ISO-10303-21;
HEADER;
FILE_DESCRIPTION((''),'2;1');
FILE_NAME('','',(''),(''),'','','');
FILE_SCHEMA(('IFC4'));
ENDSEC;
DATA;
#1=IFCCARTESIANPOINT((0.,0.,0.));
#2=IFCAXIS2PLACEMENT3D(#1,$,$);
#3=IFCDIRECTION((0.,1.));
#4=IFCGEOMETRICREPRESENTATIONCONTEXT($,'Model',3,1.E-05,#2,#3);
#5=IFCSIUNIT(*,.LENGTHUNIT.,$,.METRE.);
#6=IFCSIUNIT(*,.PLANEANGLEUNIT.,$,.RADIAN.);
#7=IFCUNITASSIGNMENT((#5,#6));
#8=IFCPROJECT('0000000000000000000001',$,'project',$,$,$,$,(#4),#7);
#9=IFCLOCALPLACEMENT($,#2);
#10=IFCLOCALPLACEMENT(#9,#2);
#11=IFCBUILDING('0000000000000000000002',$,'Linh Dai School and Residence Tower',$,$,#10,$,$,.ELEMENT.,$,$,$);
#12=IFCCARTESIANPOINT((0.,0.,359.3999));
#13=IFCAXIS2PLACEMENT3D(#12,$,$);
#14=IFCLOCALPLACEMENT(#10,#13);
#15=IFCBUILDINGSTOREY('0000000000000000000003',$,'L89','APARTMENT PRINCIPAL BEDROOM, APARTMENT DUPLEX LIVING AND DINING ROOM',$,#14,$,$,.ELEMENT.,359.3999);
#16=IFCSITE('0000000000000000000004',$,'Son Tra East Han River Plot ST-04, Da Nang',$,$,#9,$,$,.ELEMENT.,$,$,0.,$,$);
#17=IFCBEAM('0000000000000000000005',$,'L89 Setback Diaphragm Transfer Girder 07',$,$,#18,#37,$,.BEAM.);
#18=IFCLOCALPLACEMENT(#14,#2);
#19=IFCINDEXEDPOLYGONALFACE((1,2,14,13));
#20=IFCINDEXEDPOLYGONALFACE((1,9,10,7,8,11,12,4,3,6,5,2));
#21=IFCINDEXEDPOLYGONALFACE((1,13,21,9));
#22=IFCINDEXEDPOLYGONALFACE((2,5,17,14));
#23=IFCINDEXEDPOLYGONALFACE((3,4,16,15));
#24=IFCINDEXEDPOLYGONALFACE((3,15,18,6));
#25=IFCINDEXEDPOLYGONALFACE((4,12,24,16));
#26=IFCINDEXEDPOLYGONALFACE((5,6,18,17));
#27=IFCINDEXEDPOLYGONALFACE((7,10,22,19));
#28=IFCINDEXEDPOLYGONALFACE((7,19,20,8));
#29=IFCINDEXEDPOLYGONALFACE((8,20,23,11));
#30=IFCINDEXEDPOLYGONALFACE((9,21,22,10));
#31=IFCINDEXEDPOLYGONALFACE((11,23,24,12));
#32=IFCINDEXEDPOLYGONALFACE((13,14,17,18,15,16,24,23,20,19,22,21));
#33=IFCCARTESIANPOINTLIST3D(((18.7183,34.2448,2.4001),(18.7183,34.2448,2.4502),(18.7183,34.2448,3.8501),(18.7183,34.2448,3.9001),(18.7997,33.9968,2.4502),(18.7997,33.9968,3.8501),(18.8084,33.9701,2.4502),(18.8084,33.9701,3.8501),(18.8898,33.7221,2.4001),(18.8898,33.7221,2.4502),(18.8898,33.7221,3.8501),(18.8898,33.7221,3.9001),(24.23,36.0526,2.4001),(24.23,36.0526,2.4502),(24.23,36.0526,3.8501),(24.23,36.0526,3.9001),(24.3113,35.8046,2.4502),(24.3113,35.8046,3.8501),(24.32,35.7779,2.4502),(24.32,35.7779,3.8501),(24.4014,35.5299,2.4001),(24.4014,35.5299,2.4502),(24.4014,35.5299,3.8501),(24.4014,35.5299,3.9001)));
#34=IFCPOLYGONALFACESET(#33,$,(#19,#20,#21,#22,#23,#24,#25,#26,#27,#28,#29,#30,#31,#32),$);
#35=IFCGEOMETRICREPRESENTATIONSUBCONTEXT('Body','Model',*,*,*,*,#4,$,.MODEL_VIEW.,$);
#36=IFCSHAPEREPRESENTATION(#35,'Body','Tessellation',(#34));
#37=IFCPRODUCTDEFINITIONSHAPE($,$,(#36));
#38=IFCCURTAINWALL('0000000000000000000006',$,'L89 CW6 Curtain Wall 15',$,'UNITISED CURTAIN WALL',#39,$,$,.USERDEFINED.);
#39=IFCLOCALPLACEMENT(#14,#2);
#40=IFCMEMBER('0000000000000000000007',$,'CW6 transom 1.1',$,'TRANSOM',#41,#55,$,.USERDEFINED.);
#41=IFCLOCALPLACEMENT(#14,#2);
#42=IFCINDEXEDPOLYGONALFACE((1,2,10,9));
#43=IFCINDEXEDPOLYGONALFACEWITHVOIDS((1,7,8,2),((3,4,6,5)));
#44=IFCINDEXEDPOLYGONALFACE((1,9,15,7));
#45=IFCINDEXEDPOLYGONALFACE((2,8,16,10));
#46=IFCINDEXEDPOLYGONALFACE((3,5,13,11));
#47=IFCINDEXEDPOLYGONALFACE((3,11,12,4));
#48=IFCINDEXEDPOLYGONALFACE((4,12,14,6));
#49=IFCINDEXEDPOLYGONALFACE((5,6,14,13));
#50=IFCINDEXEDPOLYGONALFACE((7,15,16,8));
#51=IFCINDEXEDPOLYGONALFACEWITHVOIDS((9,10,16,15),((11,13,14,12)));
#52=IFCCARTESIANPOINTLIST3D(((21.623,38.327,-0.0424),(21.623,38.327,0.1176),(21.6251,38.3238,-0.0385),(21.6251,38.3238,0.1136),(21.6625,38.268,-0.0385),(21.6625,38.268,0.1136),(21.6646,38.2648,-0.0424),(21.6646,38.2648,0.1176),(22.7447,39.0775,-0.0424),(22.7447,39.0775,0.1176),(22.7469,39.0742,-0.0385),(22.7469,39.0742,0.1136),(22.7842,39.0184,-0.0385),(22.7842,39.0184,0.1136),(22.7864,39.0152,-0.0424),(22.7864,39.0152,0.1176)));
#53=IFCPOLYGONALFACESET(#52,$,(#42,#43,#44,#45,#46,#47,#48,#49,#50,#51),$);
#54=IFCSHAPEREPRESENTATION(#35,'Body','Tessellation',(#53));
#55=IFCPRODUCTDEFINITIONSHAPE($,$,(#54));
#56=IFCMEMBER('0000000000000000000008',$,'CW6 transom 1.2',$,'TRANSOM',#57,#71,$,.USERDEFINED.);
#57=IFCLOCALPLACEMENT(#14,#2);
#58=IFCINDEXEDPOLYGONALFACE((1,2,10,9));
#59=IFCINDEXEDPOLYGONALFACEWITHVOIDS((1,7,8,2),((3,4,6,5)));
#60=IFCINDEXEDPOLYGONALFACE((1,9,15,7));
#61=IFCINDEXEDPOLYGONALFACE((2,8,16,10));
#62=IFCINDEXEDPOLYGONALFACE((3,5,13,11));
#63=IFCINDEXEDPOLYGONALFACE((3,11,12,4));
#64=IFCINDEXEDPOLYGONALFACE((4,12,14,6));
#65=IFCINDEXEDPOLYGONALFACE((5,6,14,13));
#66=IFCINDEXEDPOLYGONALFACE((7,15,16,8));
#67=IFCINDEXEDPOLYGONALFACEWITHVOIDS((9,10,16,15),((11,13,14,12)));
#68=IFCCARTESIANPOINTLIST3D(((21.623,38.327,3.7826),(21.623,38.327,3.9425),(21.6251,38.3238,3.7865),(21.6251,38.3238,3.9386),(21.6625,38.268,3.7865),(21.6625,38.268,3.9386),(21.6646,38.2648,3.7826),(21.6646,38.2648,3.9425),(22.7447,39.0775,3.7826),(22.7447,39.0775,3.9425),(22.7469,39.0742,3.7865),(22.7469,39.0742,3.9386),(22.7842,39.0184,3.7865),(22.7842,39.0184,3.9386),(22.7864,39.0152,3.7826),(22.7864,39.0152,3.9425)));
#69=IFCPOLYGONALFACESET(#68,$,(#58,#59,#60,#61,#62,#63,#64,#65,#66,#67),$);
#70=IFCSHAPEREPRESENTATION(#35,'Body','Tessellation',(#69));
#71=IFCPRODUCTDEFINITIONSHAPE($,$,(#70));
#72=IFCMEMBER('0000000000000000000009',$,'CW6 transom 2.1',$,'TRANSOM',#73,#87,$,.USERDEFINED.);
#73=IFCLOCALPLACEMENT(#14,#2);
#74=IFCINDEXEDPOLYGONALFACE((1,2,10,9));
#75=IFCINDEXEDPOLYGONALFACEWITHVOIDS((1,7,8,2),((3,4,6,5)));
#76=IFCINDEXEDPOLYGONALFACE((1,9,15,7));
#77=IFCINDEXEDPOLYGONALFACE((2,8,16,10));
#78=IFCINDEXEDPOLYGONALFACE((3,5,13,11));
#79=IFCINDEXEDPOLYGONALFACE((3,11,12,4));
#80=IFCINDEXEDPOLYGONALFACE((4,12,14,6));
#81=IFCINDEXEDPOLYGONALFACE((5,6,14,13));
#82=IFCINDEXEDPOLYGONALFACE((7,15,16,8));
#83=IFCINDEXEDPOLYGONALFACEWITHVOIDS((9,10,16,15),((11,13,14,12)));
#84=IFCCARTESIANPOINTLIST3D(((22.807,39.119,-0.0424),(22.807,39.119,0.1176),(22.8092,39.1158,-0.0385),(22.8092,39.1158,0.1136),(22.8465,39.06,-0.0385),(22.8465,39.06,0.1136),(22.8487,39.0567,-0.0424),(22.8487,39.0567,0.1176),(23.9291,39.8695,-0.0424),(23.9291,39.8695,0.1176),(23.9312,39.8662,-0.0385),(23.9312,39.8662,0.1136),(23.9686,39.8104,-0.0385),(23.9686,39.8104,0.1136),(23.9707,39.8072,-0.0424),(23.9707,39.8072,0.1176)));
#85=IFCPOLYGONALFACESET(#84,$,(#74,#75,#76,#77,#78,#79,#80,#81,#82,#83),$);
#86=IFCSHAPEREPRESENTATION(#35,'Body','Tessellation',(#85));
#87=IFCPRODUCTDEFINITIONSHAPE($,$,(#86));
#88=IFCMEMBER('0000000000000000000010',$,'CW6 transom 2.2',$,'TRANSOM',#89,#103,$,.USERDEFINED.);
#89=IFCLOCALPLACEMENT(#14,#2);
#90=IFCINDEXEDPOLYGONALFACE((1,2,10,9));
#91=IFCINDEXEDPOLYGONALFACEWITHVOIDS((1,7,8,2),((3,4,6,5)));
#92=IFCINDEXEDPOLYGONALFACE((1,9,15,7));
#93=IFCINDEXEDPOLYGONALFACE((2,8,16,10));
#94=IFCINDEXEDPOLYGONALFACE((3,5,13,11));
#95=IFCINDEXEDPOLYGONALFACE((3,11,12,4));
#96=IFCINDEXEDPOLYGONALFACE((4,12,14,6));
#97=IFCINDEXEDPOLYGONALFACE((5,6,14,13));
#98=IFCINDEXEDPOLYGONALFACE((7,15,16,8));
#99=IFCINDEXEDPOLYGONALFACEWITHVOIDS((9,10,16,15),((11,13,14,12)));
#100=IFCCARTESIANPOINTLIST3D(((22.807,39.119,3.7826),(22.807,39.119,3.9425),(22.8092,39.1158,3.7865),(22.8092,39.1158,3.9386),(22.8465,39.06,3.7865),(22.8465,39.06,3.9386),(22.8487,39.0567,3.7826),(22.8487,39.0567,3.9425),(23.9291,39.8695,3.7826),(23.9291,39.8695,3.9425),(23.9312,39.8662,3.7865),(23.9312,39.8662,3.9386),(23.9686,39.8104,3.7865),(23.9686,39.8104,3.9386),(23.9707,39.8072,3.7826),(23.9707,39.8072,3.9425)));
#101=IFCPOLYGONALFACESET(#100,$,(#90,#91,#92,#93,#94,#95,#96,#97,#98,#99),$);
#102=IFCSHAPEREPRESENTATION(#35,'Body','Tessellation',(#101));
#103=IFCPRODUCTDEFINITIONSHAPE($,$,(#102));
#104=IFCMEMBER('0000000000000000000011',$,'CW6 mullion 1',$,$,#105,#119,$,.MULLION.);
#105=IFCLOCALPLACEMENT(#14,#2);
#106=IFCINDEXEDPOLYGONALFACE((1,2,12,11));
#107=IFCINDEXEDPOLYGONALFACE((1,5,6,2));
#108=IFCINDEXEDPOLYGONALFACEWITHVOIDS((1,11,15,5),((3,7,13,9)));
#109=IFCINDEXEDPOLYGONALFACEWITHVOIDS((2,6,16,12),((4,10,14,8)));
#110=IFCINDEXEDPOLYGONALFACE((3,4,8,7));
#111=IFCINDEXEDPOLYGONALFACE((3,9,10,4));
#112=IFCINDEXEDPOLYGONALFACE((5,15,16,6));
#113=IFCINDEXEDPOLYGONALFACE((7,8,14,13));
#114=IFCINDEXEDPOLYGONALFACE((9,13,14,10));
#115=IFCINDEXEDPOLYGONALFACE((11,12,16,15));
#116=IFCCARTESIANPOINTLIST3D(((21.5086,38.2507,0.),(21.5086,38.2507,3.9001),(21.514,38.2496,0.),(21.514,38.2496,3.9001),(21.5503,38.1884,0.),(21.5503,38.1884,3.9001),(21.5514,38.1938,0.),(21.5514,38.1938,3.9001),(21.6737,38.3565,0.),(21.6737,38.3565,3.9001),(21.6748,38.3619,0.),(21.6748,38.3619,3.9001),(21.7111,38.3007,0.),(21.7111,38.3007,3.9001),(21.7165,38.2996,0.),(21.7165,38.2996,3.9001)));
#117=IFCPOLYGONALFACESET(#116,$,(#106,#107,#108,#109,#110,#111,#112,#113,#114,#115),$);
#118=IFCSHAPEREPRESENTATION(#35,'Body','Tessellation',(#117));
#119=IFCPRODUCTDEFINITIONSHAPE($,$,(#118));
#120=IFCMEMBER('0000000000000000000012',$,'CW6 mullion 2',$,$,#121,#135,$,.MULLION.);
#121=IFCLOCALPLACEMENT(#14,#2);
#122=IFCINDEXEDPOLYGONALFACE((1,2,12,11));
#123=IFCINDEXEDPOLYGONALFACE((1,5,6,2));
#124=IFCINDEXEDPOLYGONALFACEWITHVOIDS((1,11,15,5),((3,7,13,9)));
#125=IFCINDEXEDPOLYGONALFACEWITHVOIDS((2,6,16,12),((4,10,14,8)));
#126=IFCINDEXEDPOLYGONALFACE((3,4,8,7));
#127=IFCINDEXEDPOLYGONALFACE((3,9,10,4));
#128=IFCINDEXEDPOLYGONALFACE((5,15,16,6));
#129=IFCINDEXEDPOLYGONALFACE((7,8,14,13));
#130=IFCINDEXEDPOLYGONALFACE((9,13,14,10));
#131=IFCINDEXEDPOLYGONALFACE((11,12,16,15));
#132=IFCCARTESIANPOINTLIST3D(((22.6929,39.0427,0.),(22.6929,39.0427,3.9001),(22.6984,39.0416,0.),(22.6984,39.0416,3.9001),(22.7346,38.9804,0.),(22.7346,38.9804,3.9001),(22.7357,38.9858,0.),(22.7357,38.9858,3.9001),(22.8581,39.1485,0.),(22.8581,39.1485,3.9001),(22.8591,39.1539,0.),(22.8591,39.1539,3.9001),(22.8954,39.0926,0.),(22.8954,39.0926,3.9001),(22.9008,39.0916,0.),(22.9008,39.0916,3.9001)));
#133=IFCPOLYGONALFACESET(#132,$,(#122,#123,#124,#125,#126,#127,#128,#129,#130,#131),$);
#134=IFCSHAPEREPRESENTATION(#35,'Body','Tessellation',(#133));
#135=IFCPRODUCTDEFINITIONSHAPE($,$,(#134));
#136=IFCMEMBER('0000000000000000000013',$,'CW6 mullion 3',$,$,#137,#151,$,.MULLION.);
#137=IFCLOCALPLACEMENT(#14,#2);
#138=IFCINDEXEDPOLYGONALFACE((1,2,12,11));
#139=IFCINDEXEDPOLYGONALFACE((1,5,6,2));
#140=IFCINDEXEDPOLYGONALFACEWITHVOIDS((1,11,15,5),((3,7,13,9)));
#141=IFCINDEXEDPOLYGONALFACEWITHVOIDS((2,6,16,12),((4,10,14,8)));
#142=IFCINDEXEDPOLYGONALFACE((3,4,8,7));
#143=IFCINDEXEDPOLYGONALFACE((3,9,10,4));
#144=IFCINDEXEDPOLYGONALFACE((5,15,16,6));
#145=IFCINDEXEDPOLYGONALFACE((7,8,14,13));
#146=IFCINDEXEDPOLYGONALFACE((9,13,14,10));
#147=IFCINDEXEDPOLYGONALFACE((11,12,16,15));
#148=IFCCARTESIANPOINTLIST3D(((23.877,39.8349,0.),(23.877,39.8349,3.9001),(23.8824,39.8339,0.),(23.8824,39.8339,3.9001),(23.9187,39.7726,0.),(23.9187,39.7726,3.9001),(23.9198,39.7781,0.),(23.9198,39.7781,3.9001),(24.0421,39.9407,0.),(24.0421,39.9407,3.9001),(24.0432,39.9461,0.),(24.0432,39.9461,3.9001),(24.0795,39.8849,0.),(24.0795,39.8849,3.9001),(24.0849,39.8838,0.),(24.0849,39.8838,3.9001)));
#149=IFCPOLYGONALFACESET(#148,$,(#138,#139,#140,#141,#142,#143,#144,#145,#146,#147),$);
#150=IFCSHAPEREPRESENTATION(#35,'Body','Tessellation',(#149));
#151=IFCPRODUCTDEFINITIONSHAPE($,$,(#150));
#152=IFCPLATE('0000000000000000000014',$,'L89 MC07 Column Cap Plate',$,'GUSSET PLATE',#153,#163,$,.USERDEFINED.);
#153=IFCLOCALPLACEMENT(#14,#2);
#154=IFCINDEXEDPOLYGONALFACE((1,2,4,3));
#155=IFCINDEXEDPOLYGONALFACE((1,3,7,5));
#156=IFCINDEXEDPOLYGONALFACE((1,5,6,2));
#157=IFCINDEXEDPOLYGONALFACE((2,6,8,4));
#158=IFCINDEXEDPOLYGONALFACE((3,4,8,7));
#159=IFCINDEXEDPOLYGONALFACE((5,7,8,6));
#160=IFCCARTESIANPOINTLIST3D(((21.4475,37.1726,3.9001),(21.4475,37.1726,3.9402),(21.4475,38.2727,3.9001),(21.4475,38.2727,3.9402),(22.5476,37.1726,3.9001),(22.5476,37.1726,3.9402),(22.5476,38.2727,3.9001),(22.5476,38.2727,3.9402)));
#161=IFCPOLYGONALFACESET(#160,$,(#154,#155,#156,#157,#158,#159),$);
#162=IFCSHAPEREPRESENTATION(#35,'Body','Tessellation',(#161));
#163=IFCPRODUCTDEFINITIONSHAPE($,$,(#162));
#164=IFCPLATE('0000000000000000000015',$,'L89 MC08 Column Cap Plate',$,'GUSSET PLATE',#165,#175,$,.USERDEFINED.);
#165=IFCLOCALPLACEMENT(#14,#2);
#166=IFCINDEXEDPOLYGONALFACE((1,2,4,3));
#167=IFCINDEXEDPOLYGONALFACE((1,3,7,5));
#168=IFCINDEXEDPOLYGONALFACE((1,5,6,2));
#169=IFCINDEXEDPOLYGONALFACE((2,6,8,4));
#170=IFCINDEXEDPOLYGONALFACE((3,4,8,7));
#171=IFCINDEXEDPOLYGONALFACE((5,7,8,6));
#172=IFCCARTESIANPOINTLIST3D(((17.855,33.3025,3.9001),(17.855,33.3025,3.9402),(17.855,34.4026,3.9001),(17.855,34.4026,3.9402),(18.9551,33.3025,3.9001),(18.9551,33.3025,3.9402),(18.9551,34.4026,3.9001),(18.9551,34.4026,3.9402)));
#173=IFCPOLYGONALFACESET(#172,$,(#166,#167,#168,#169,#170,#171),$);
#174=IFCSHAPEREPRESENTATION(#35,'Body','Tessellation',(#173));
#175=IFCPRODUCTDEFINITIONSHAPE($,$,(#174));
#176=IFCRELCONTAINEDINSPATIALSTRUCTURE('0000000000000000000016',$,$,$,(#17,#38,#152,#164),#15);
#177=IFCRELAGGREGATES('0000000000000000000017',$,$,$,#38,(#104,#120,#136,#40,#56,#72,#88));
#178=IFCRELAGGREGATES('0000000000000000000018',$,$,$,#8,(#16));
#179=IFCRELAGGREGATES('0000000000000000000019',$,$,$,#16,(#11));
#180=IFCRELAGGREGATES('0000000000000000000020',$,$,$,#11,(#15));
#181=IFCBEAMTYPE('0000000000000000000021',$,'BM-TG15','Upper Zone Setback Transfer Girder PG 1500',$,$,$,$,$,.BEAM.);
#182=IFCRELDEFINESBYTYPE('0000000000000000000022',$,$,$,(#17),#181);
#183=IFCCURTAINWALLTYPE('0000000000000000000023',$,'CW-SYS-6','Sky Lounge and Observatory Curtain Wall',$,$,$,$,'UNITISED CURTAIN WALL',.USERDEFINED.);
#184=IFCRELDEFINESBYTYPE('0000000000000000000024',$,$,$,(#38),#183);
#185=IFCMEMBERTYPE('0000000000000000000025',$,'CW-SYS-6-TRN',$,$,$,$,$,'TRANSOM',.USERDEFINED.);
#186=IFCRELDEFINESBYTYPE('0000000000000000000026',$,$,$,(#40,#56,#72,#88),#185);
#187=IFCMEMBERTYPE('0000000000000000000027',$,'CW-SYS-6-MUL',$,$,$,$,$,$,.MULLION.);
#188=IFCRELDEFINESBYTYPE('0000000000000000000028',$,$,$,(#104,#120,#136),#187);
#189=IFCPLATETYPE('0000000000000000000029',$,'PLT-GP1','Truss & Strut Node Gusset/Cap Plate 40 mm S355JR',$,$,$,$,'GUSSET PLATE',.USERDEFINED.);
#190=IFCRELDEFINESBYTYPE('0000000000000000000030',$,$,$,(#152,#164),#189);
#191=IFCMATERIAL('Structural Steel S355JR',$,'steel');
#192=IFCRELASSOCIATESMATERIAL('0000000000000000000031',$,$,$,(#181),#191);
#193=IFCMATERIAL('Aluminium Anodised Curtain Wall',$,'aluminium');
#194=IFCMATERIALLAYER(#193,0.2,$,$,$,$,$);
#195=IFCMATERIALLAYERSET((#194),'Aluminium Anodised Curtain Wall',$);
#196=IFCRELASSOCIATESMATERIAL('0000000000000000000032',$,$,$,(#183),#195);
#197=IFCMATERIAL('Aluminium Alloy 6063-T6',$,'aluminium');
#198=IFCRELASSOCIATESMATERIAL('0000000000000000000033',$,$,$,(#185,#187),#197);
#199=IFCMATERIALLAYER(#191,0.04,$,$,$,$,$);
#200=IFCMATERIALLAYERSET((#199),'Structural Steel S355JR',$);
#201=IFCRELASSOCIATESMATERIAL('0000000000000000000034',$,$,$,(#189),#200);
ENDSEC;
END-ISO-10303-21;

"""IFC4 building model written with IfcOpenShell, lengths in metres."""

from ifc_helpers import new_model, si_unit, direction, frame, origin, origin_2d, place, context, subcontext, project, spatial, rectangle, hollow_rectangle, i_section, extrude, source, transform, mapped, material, layer, layer_set, material_profile, profile_set, type_object, element, aggregate, save


model = new_model("IFC4")

# Units and contexts
model_context = context("Model", 3, precision=1e-05, world=origin(), true_north=direction((0.0, 1.0)))
body_context = subcontext(model_context, "Body", "Model", "MODEL_VIEW")
ifc_project = project(units=[si_unit("LENGTHUNIT", "METRE"), si_unit("PLANEANGLEUNIT", "RADIAN")], contexts=[model_context])

# Site, building, storey
site_placement = place(None, origin())
site = spatial("IfcSite", under=ifc_project, at=site_placement, Name="Son Tra East Han River Plot ST-04, Da Nang", CompositionType="ELEMENT", RefElevation=0.0)
building_placement = place(site_placement, origin())
building = spatial("IfcBuilding", under=site, at=building_placement, Name="Linh Dai School and Residence Tower", CompositionType="ELEMENT")
storey_placement = place(building_placement, frame((0.0, 0.0, 359.3999)))
storey = spatial("IfcBuildingStorey", under=building, at=storey_placement, Name="L89", Description="APARTMENT PRINCIPAL BEDROOM, APARTMENT DUPLEX LIVING AND DINING ROOM", CompositionType="ELEMENT", Elevation=359.3999)

# Shared definitions
ifc_material_1 = material(Name="Structural Steel S355JR", Category="steel")

# Beam
ifc_material_profile_1 = material_profile(ifc_material_1, i_section(OverallWidth=0.55, OverallDepth=1.5, WebThickness=0.0281, FlangeThickness=0.05, at=origin_2d()), Name="PG 1500x550x28x50")
ifc_profile_set_1 = profile_set([ifc_material_profile_1], Name="Structural Steel S355JR")
beam_type_1 = type_object("IfcBeamType", Name="BM-TG15", Description="Upper Zone Setback Transfer Girder PG 1500", PredefinedType="BEAM", material=ifc_profile_set_1)
beam_1_placement = place(storey_placement, frame((24.3157, 35.7913, 3.1501), z_axis=(-0.950192, -0.311666, 0.0), x_axis=(0.311666, -0.950192, 0.0)))
element("IfcBeam", 1, at=beam_1_placement, inside=storey, type_object=beam_type_1, Name="L89 Setback Diaphragm Transfer Girder 07", PredefinedType="BEAM", context=body_context, shape_type="SweptSolid", body=[
    extrude(i_section(OverallWidth=0.55, OverallDepth=1.5, WebThickness=0.0281, FlangeThickness=0.05, at=origin_2d()), origin(), (0.0, 0.0, 1.0), 5.8005),
])

# Curtain wall, members
ifc_material_2 = material(Name="Aluminium Anodised Curtain Wall", Category="aluminium")
ifc_layer_1 = layer(ifc_material_2, 0.2)
ifc_layer_set_1 = layer_set([ifc_layer_1], Name="Aluminium Anodised Curtain Wall")
curtain_wall_type = type_object("IfcCurtainWallType", Name="CW-SYS-6", Description="Sky Lounge and Observatory Curtain Wall", ElementType="UNITISED CURTAIN WALL", PredefinedType="USERDEFINED", material=ifc_layer_set_1)
curtain_wall_placement = place(storey_placement, origin())
curtain_wall = element("IfcCurtainWall", 2, at=curtain_wall_placement, inside=storey, type_object=curtain_wall_type, Name="L89 CW6 Curtain Wall 15", ObjectType="UNITISED CURTAIN WALL", PredefinedType="USERDEFINED")
ifc_material_3 = material(Name="Aluminium Alloy 6063-T6", Category="aluminium")
ifc_material_profile_2 = material_profile(ifc_material_3, hollow_rectangle(XDim=0.075, YDim=0.1599, WallThickness=0.0039, at=origin_2d()), Name="RHS 160x75x4")
ifc_profile_set_2 = profile_set([ifc_material_profile_2], Name="Aluminium Alloy 6063-T6")
member_type_1 = type_object("IfcMemberType", Name="CW-SYS-6-TRN", ElementType="TRANSOM", PredefinedType="USERDEFINED", material=ifc_profile_set_2)
shared_shape_1 = source(origin(), body_context, "Body", "SweptSolid", [
    extrude(hollow_rectangle(XDim=0.075, YDim=0.1599, WallThickness=0.0039, at=origin_2d()), origin(), (0.0, 0.0, 1.0), 1.3496),
])
member_1_placement = place(storey_placement, frame((21.6438, 38.2959, 0.0376), z_axis=(0.831159, 0.556035, 0.0), x_axis=(-0.556035, 0.831159, 0.0)))
member_1 = element("IfcMember", 3, at=member_1_placement, type_object=member_type_1, Name="CW6 transom 1.1", ObjectType="TRANSOM", PredefinedType="USERDEFINED", context=body_context, shape_type="MappedRepresentation", body=[
    mapped(shared_shape_1, transform((0.0, 0.0, 0.0), x_axis=(1.0, 0.0, 0.0), y_axis=(0.0, 1.0, 0.0), z_axis=(0.0, 0.0, 1.0), scale=1.0)),
])
member_2_placement = place(storey_placement, frame((21.6438, 38.2959, 3.8625), z_axis=(0.831159, 0.556035, 0.0), x_axis=(-0.556035, 0.831159, 0.0)))
member_2 = element("IfcMember", 4, at=member_2_placement, type_object=member_type_1, Name="CW6 transom 1.2", ObjectType="TRANSOM", PredefinedType="USERDEFINED", context=body_context, shape_type="MappedRepresentation", body=[
    mapped(shared_shape_1, transform((0.0, 0.0, 0.0), x_axis=(1.0, 0.0, 0.0), y_axis=(0.0, 1.0, 0.0), z_axis=(0.0, 0.0, 1.0), scale=1.0)),
])
shared_shape_2 = source(origin(), body_context, "Body", "SweptSolid", [
    extrude(hollow_rectangle(XDim=0.075, YDim=0.1599, WallThickness=0.0039, at=origin_2d()), origin(), (0.0, 0.0, 1.0), 1.3499),
])
member_3_placement = place(storey_placement, frame((22.8279, 39.0879, 0.0376), z_axis=(0.831215, 0.555952, 0.0), x_axis=(-0.555952, 0.831215, 0.0)))
member_3 = element("IfcMember", 5, at=member_3_placement, type_object=member_type_1, Name="CW6 transom 2.1", ObjectType="TRANSOM", PredefinedType="USERDEFINED", context=body_context, shape_type="MappedRepresentation", body=[
    mapped(shared_shape_2, transform((0.0, 0.0, 0.0), x_axis=(1.0, 0.0, 0.0), y_axis=(0.0, 1.0, 0.0), z_axis=(0.0, 0.0, 1.0), scale=1.0)),
])
member_4_placement = place(storey_placement, frame((22.8279, 39.0879, 3.8625), z_axis=(0.831215, 0.555952, 0.0), x_axis=(-0.555952, 0.831215, 0.0)))
member_4 = element("IfcMember", 6, at=member_4_placement, type_object=member_type_1, Name="CW6 transom 2.2", ObjectType="TRANSOM", PredefinedType="USERDEFINED", context=body_context, shape_type="MappedRepresentation", body=[
    mapped(shared_shape_2, transform((0.0, 0.0, 0.0), x_axis=(1.0, 0.0, 0.0), y_axis=(0.0, 1.0, 0.0), z_axis=(0.0, 0.0, 1.0), scale=1.0)),
])
ifc_material_profile_3 = material_profile(ifc_material_3, hollow_rectangle(XDim=0.075, YDim=0.2, WallThickness=0.0039, at=origin_2d()), Name="RHS 200x75x4")
ifc_profile_set_3 = profile_set([ifc_material_profile_3], Name="Aluminium Alloy 6063-T6")
member_type_2 = type_object("IfcMemberType", Name="CW-SYS-6-MUL", PredefinedType="MULLION", material=ifc_profile_set_3)
shared_shape_3 = source(origin(), body_context, "Body", "SweptSolid", [
    extrude(hollow_rectangle(XDim=0.075, YDim=0.2, WallThickness=0.0039, at=origin_2d()), origin(), (0.0, 0.0, 1.0), 3.9001),
])
member_5_placement = place(storey_placement, frame((21.6125, 38.2751, 0.0), z_axis=(0.0, 0.0, 1.0), x_axis=(-0.555971, 0.831202, 0.0)))
member_5 = element("IfcMember", 7, at=member_5_placement, type_object=member_type_2, Name="CW6 mullion 1", PredefinedType="MULLION", context=body_context, shape_type="MappedRepresentation", body=[
    mapped(shared_shape_3, transform((0.0, 0.0, 0.0), x_axis=(1.0, 0.0, 0.0), y_axis=(0.0, 1.0, 0.0), z_axis=(0.0, 0.0, 1.0), scale=1.0)),
])
member_6_placement = place(storey_placement, frame((22.7969, 39.0671, 0.0), z_axis=(0.0, 0.0, 1.0), x_axis=(-0.555971, 0.831202, 0.0)))
member_6 = element("IfcMember", 8, at=member_6_placement, type_object=member_type_2, Name="CW6 mullion 2", PredefinedType="MULLION", context=body_context, shape_type="MappedRepresentation", body=[
    mapped(shared_shape_3, transform((0.0, 0.0, 0.0), x_axis=(1.0, 0.0, 0.0), y_axis=(0.0, 1.0, 0.0), z_axis=(0.0, 0.0, 1.0), scale=1.0)),
])
member_7_placement = place(storey_placement, frame((23.981, 39.8594, 0.0), z_axis=(0.0, 0.0, 1.0), x_axis=(-0.555971, 0.831202, 0.0)))
member_7 = element("IfcMember", 9, at=member_7_placement, type_object=member_type_2, Name="CW6 mullion 3", PredefinedType="MULLION", context=body_context, shape_type="MappedRepresentation", body=[
    mapped(shared_shape_3, transform((0.0, 0.0, 0.0), x_axis=(1.0, 0.0, 0.0), y_axis=(0.0, 1.0, 0.0), z_axis=(0.0, 0.0, 1.0), scale=1.0)),
])

# Plates
ifc_layer_2 = layer(ifc_material_1, 0.04)
ifc_layer_set_2 = layer_set([ifc_layer_2], Name="Structural Steel S355JR")
plate_type_1 = type_object("IfcPlateType", Name="PLT-GP1", Description="Truss & Strut Node Gusset/Cap Plate 40 mm S355JR", ElementType="GUSSET PLATE", PredefinedType="USERDEFINED", material=ifc_layer_set_2)
shared_shape_4 = source(origin(), body_context, "Body", "SweptSolid", [
    extrude(rectangle(XDim=1.1001, YDim=1.1001, at=origin_2d()), origin(), (0.0, 0.0, 1.0), 0.04),
])
for number, where, z_axis, x_axis, name in (
    (10, (21.9976, 37.7227, 3.9001), (0.0, 0.0, 1.0), (1.0, 0.0, 0.0), "L89 MC07 Column Cap Plate"),
    (11, (18.405, 33.8525, 3.9001), (0.0, 0.0, 1.0), (1.0, 0.0, 0.0), "L89 MC08 Column Cap Plate"),
):
    element("IfcPlate", number, at=place(storey_placement, frame(where, z_axis=z_axis, x_axis=x_axis)), inside=storey, type_object=plate_type_1, Name=name, ObjectType="GUSSET PLATE", PredefinedType="USERDEFINED", context=body_context, shape_type="MappedRepresentation", body=[
        mapped(shared_shape_4, transform((0.0, 0.0, 0.0), x_axis=(1.0, 0.0, 0.0), y_axis=(0.0, 1.0, 0.0), z_axis=(0.0, 0.0, 1.0), scale=1.0)),
    ])

aggregate(curtain_wall, [member_5, member_6, member_7, member_1, member_2, member_3, member_4])

save(model, "model.ifc")
